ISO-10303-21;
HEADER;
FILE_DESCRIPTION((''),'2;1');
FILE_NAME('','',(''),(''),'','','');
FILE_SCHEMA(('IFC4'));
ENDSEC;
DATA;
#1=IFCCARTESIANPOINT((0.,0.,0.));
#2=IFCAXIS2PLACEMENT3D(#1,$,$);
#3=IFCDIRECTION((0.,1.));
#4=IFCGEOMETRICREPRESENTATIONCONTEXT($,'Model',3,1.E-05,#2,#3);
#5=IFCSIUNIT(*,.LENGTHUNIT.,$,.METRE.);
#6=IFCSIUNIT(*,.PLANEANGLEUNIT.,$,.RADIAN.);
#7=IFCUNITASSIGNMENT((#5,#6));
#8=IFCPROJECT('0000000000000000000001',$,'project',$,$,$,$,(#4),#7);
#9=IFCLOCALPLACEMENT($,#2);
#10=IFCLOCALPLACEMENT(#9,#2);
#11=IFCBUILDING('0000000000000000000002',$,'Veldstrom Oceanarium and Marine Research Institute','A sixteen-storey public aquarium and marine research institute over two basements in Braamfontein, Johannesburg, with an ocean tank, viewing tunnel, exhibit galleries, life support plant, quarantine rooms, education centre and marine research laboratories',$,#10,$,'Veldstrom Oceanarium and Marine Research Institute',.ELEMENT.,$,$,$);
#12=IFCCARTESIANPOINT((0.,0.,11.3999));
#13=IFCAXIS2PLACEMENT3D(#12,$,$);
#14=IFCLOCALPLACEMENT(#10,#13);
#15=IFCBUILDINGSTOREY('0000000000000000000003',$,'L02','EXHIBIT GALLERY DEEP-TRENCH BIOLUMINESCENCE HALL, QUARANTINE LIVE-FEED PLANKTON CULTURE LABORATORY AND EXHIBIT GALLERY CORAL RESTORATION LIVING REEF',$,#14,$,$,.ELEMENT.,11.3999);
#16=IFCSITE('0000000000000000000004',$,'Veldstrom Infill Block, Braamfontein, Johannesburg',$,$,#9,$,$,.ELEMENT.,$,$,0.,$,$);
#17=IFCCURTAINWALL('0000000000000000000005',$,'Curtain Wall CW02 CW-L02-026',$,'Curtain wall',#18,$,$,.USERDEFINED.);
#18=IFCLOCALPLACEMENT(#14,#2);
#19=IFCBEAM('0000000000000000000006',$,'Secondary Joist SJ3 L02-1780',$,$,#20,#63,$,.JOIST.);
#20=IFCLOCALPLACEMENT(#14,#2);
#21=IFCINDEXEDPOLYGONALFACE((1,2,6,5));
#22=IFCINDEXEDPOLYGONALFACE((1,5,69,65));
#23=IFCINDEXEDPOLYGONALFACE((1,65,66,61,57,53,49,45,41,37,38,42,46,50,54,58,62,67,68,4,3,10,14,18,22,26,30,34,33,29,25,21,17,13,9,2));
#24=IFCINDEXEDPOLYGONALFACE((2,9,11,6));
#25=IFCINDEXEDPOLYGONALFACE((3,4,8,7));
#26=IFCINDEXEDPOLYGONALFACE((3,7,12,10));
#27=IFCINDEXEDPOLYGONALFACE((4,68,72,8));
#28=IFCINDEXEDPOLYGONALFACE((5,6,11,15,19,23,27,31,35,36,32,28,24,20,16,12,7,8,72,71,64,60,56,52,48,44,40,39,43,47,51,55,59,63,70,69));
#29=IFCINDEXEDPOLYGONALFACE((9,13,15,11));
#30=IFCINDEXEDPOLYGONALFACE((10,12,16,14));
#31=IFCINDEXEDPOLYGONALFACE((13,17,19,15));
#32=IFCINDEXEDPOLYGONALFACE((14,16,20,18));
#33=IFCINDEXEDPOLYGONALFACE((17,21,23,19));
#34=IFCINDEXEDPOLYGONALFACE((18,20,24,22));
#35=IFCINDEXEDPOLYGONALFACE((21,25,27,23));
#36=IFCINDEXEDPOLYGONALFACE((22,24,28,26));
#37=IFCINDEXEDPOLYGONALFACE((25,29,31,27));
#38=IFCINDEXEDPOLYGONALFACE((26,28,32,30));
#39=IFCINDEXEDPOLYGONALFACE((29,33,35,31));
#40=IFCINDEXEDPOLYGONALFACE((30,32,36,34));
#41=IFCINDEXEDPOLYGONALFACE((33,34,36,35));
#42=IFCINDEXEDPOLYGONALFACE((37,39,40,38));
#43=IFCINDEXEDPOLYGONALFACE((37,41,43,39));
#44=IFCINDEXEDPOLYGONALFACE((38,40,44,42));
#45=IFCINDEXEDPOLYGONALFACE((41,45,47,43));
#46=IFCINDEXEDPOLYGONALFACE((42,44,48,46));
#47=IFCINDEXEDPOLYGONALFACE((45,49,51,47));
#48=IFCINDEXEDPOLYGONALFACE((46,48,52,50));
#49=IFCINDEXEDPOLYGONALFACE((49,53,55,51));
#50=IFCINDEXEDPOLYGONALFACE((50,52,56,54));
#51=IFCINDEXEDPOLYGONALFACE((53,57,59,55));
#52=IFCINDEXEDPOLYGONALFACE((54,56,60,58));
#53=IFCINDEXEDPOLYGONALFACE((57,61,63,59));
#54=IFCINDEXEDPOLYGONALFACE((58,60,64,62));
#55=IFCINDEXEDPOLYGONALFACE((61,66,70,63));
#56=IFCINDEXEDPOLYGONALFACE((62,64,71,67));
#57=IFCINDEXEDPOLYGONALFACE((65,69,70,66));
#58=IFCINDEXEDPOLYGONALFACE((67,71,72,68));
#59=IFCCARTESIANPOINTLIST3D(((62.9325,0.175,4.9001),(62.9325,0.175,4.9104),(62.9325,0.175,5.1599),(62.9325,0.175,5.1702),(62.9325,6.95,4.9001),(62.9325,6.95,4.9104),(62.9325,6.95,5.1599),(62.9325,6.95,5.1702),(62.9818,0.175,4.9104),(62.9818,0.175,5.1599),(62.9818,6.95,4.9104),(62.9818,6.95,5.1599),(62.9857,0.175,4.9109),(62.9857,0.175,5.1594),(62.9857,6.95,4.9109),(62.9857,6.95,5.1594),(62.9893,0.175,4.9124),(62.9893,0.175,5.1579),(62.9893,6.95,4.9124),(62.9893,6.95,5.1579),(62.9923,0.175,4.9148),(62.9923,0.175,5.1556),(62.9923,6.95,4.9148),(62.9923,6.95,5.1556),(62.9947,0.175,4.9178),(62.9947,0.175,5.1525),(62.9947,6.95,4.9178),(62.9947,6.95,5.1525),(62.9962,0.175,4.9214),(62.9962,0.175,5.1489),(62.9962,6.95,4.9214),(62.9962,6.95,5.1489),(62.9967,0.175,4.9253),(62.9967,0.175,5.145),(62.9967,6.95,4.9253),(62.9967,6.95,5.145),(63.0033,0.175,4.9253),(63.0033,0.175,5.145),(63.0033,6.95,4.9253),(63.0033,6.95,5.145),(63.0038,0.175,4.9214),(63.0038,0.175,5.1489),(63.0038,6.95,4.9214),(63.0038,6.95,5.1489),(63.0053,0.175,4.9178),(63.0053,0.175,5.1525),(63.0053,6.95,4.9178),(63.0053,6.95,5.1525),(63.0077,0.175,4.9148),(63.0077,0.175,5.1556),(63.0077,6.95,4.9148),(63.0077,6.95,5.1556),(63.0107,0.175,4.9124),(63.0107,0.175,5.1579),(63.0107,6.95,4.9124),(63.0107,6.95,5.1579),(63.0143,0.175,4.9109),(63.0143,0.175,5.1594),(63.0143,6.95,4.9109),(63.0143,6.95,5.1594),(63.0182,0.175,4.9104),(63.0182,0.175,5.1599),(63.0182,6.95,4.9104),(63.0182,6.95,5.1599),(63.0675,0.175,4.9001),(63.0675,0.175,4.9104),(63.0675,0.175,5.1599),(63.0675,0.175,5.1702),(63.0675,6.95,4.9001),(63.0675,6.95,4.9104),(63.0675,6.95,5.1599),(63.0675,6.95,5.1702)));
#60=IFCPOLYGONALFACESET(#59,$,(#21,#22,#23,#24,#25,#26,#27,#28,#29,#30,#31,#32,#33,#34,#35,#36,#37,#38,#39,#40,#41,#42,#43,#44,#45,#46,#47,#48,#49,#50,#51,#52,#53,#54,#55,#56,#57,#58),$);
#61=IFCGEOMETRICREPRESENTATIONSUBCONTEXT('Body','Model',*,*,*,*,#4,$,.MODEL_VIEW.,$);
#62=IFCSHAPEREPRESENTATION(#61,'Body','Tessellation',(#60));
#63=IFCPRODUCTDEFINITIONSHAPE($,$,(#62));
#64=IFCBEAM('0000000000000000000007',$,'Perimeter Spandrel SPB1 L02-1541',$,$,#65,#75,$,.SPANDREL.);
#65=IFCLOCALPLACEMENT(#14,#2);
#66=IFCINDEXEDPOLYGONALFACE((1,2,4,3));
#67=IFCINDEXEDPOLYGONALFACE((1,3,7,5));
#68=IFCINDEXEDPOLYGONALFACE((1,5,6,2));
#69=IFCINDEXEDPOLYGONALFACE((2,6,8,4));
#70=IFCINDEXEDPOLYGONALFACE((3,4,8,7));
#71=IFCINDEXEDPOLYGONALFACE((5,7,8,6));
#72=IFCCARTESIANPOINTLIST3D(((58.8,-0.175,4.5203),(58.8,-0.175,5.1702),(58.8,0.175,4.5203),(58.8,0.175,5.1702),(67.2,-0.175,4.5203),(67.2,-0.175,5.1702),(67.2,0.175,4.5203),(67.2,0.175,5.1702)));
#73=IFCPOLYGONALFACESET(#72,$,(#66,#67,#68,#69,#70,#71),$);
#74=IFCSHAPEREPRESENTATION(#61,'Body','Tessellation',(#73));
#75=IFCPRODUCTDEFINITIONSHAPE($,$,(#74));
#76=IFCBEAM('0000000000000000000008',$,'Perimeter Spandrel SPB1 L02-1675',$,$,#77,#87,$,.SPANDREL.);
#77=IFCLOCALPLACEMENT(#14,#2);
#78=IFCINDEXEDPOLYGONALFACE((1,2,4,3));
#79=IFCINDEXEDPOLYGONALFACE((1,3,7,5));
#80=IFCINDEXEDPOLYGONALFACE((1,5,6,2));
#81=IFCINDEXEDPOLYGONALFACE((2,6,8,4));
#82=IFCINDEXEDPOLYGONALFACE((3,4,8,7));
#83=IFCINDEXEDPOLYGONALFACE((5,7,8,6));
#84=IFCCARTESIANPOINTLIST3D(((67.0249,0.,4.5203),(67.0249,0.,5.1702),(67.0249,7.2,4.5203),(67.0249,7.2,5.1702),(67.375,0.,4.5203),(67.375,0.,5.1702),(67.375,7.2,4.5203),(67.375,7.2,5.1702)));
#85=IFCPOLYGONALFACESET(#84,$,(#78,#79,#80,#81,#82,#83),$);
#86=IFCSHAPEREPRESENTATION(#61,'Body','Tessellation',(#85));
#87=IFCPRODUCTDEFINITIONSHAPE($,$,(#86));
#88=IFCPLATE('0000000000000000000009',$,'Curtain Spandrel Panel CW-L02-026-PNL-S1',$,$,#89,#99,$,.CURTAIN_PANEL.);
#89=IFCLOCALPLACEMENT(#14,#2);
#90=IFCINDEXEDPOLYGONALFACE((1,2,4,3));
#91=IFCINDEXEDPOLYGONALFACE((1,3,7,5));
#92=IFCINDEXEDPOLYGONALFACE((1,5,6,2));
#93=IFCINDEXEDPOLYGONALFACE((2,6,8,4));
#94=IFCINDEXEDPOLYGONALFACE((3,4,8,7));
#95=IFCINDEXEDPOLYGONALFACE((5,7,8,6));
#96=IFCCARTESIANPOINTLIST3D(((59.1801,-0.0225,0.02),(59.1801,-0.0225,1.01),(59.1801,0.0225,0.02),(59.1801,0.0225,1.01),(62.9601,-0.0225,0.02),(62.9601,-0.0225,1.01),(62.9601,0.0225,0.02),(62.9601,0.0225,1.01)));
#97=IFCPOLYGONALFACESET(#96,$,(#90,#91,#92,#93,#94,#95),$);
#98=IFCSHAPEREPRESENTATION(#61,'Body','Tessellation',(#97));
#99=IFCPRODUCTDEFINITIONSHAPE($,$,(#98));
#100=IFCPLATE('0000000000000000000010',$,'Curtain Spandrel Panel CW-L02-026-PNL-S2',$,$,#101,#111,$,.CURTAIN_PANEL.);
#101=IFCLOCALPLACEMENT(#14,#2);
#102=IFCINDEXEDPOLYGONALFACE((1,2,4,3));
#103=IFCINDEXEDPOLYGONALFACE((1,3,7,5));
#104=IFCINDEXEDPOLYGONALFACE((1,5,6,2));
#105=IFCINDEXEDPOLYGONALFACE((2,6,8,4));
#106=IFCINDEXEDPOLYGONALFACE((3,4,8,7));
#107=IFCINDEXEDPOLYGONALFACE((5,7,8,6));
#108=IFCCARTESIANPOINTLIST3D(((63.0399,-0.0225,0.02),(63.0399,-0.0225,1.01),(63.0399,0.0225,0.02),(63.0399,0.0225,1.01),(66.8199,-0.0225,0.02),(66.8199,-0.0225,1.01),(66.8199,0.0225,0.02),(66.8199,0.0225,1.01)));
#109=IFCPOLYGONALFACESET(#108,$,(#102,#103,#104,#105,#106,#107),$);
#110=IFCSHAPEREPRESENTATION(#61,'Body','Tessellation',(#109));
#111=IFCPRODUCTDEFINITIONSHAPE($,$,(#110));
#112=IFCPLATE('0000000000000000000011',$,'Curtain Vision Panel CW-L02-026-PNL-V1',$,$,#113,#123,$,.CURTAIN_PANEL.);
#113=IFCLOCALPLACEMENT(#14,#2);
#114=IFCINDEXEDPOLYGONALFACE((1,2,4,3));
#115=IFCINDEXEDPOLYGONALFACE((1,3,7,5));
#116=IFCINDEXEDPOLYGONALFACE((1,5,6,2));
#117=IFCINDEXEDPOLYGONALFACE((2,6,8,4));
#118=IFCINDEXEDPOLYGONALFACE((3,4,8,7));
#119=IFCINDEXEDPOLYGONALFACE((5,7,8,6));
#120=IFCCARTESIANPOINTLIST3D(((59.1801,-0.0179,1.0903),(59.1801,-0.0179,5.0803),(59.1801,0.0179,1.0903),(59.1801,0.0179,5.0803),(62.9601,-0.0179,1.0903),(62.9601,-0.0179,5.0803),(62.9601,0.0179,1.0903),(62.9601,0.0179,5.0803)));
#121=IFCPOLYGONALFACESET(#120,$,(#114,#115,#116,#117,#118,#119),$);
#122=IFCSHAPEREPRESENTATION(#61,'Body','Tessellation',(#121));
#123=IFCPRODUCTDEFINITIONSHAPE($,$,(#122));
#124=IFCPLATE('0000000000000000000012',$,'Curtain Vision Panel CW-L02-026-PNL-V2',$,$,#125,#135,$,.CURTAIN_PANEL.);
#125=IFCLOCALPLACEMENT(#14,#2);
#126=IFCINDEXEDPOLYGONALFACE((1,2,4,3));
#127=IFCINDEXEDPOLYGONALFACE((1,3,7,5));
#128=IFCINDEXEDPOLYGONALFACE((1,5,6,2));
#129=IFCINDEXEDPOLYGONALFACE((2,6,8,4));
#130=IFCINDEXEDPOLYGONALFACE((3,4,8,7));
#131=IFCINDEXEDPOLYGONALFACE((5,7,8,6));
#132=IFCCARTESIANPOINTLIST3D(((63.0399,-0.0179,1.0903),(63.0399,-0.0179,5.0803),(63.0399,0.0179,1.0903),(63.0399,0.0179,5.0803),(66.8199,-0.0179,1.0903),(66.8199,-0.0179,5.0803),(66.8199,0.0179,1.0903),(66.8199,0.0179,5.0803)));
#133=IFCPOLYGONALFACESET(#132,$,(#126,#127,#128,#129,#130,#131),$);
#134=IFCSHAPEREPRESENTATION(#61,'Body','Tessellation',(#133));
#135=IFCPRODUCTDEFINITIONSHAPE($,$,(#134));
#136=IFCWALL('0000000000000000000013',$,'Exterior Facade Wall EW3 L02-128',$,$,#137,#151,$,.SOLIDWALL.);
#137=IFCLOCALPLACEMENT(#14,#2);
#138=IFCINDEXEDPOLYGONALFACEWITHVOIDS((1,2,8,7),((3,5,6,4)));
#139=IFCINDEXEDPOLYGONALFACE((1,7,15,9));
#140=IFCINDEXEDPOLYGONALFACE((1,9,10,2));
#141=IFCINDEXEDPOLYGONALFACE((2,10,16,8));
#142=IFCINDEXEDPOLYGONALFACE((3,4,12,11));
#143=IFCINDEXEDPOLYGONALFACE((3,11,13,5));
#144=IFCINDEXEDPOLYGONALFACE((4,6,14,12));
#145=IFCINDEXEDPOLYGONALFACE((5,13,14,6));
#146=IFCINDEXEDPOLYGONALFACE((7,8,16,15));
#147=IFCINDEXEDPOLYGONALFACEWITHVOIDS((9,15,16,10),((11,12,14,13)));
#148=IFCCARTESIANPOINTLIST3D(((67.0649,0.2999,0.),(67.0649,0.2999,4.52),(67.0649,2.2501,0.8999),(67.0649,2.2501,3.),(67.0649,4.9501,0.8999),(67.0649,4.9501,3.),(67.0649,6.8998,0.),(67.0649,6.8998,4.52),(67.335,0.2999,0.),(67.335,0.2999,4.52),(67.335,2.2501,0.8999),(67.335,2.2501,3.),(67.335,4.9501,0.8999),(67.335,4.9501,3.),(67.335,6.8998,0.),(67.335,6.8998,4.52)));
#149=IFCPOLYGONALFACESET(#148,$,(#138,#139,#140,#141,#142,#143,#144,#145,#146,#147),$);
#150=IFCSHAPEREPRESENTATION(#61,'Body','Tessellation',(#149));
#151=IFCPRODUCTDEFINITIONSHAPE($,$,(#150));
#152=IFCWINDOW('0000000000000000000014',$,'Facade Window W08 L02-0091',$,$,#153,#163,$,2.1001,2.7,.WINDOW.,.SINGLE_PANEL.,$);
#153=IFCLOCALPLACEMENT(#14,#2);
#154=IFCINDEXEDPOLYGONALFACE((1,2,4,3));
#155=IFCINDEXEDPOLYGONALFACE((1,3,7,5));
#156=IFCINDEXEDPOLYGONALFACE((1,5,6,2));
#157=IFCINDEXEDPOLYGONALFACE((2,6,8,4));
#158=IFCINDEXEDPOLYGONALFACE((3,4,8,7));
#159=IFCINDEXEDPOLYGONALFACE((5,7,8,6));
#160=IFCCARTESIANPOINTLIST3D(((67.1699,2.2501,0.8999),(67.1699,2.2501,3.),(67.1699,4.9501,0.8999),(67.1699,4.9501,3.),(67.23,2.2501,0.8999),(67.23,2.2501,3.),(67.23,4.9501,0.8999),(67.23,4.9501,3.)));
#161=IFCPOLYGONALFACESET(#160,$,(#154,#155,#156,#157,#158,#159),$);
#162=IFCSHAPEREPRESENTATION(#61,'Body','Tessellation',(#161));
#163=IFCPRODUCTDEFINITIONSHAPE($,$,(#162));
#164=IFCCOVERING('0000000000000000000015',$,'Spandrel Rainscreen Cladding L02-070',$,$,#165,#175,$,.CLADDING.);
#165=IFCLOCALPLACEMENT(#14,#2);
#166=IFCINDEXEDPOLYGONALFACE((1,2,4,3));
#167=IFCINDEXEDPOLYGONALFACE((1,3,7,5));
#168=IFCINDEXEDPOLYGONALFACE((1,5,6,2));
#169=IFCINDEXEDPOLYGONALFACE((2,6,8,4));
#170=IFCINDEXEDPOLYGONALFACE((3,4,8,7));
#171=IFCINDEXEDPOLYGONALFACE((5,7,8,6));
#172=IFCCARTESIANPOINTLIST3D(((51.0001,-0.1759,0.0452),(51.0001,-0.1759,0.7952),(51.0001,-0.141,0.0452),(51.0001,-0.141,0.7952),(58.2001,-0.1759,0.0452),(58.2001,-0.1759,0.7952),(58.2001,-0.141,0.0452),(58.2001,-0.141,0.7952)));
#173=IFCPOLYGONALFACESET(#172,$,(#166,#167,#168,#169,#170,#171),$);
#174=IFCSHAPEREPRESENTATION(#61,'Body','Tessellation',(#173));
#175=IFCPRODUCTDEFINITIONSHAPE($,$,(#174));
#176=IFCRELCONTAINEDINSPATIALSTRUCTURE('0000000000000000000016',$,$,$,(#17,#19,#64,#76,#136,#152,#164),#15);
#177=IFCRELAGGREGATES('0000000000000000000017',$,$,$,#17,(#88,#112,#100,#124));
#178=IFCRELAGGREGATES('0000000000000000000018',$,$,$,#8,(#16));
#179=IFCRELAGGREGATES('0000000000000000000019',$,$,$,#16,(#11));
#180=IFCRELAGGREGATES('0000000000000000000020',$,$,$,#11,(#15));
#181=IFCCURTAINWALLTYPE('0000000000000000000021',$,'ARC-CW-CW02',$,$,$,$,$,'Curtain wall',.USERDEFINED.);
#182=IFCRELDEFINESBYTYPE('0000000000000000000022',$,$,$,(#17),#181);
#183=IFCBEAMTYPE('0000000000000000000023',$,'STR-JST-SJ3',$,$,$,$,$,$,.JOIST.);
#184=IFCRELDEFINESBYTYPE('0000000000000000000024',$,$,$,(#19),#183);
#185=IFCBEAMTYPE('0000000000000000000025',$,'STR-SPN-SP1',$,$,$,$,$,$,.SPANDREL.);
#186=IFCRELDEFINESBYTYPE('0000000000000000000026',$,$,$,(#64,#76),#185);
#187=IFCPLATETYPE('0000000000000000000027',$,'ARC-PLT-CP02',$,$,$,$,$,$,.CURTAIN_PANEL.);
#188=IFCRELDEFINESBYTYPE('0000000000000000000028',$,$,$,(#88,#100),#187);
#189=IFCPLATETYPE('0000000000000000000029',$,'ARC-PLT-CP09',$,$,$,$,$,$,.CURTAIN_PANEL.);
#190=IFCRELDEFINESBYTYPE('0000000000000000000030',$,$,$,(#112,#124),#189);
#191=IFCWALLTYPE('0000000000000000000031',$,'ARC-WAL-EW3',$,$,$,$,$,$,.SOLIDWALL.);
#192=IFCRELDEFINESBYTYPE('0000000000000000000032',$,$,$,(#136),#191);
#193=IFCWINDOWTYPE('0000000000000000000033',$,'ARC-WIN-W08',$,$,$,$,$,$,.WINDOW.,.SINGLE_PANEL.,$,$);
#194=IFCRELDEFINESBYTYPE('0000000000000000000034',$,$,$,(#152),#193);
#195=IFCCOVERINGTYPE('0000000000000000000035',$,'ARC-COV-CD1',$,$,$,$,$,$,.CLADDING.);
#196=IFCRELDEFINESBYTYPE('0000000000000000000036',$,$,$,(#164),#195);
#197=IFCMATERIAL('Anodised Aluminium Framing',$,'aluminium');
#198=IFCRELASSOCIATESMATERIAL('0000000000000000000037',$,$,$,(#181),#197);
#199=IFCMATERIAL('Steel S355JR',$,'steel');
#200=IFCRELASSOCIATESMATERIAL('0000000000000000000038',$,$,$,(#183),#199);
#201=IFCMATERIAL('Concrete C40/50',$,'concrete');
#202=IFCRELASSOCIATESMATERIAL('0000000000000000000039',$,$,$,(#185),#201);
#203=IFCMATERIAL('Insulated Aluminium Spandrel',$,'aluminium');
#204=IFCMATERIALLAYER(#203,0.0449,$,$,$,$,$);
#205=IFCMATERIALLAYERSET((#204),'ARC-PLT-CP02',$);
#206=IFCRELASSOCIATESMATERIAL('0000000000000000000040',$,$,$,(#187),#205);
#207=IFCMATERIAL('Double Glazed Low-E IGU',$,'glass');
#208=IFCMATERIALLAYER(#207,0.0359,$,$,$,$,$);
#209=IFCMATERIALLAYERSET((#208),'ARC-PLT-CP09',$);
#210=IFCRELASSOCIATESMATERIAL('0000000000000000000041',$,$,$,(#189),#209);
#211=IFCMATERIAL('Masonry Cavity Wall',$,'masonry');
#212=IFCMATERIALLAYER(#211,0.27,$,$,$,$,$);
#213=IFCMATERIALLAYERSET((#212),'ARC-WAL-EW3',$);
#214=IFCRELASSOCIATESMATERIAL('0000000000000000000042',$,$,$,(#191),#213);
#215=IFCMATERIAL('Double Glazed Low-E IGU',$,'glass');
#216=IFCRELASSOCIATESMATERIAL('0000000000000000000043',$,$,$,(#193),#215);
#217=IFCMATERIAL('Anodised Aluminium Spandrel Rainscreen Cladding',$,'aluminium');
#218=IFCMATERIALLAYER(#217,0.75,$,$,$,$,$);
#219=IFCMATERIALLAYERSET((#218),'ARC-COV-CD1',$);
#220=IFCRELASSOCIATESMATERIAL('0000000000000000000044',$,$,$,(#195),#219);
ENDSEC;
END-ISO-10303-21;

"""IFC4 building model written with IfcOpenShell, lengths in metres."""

from ifc_helpers import new_model, si_unit, direction, frame, frame_2d, origin, origin_2d, place, context, subcontext, project, spatial, rectangle, i_section, extrude, material, layer, layer_set, material_profile, profile_set, type_object, element, fill, aggregate, save


model = new_model("IFC4")

# Units and contexts
model_context = context("Model", 3, precision=1e-05, world=origin(), true_north=direction((0.0, 1.0)))
body_context = subcontext(model_context, "Body", "Model", "MODEL_VIEW")
ifc_project = project(units=[si_unit("LENGTHUNIT", "METRE"), si_unit("PLANEANGLEUNIT", "RADIAN")], contexts=[model_context])

# Site, building, storey
site_placement = place(None, origin())
site = spatial("IfcSite", under=ifc_project, at=site_placement, Name="Veldstrom Infill Block, Braamfontein, Johannesburg", CompositionType="ELEMENT", RefElevation=0.0)
building_placement = place(site_placement, origin())
building = spatial("IfcBuilding", under=site, at=building_placement, Name="Veldstrom Oceanarium and Marine Research Institute", Description="A sixteen-storey public aquarium and marine research institute over two basements in Braamfontein, Johannesburg, with an ocean tank, viewing tunnel, exhibit galleries, life support plant, quarantine rooms, education centre and marine research laboratories", LongName="Veldstrom Oceanarium and Marine Research Institute", CompositionType="ELEMENT")
storey_placement = place(building_placement, frame((0.0, 0.0, 11.3999)))
storey = spatial("IfcBuildingStorey", under=building, at=storey_placement, Name="L02", Description="EXHIBIT GALLERY DEEP-TRENCH BIOLUMINESCENCE HALL, QUARANTINE LIVE-FEED PLANKTON CULTURE LABORATORY AND EXHIBIT GALLERY CORAL RESTORATION LIVING REEF", CompositionType="ELEMENT", Elevation=11.3999)

# Curtain wall
ifc_material_1 = material(Name="Anodised Aluminium Framing", Category="aluminium")
curtain_wall_type = type_object("IfcCurtainWallType", Name="ARC-CW-CW02", ElementType="Curtain wall", PredefinedType="USERDEFINED", material=ifc_material_1)
curtain_wall_placement = place(storey_placement, origin())
curtain_wall = element("IfcCurtainWall", 1, at=curtain_wall_placement, inside=storey, type_object=curtain_wall_type, Name="Curtain Wall CW02 CW-L02-026", ObjectType="Curtain wall", PredefinedType="USERDEFINED")

# Beams
ifc_material_2 = material(Name="Steel S355JR", Category="steel")
ifc_material_profile_1 = material_profile(ifc_material_2, i_section(OverallWidth=0.135, OverallDepth=0.27, WebThickness=0.0066, FlangeThickness=0.0103, FilletRadius=0.0149, at=origin_2d()), Name="IPE 270")
ifc_profile_set_1 = profile_set([ifc_material_profile_1], Name="Steel S355JR")
beam_type_1 = type_object("IfcBeamType", Name="STR-JST-SJ3", PredefinedType="JOIST", material=ifc_profile_set_1)
beam_1_placement = place(storey_placement, frame((63.0, 0.175, 5.0352), z_axis=(0.0, 1.0, 0.0), x_axis=(-1.0, 0.0, 0.0)))
element("IfcBeam", 2, at=beam_1_placement, inside=storey, type_object=beam_type_1, Name="Secondary Joist SJ3 L02-1780", PredefinedType="JOIST", context=body_context, shape_type="SweptSolid", body=[
    extrude(i_section(OverallWidth=0.135, OverallDepth=0.27, WebThickness=0.0066, FlangeThickness=0.0103, FilletRadius=0.0149, at=origin_2d()), origin(), (0.0, 0.0, 1.0), 6.7749),
])
ifc_material_3 = material(Name="Concrete C40/50", Category="concrete")
ifc_material_profile_2 = material_profile(ifc_material_3, rectangle(XDim=0.3501, YDim=0.6499, at=origin_2d()), Name="RC-SPN-350x650")
ifc_profile_set_2 = profile_set([ifc_material_profile_2], Name="Concrete C40/50")
beam_type_2 = type_object("IfcBeamType", Name="STR-SPN-SP1", PredefinedType="SPANDREL", material=ifc_profile_set_2)
beam_2_placement = place(storey_placement, frame((58.8, 0.0, 4.8452), z_axis=(1.0, 0.0, 0.0), x_axis=(0.0, 1.0, 0.0)))
element("IfcBeam", 3, at=beam_2_placement, inside=storey, type_object=beam_type_2, Name="Perimeter Spandrel SPB1 L02-1541", PredefinedType="SPANDREL", context=body_context, shape_type="SweptSolid", body=[
    extrude(rectangle(XDim=0.3501, YDim=0.6499, at=origin_2d()), origin(), (0.0, 0.0, 1.0), 8.3999),
])
beam_3_placement = place(storey_placement, frame((67.2, 0.0, 4.8452), z_axis=(0.0, 1.0, 0.0), x_axis=(-1.0, 0.0, 0.0)))
element("IfcBeam", 4, at=beam_3_placement, inside=storey, type_object=beam_type_2, Name="Perimeter Spandrel SPB1 L02-1675", PredefinedType="SPANDREL", context=body_context, shape_type="SweptSolid", body=[
    extrude(rectangle(XDim=0.3501, YDim=0.6499, at=origin_2d()), origin(), (0.0, 0.0, 1.0), 7.2),
])

# Plates
ifc_material_4 = material(Name="Insulated Aluminium Spandrel", Category="aluminium")
ifc_layer_1 = layer(ifc_material_4, 0.0449)
ifc_layer_set_1 = layer_set([ifc_layer_1], Name="ARC-PLT-CP02")
plate_type_1 = type_object("IfcPlateType", Name="ARC-PLT-CP02", PredefinedType="CURTAIN_PANEL", material=ifc_layer_set_1)
plate_1_placement = place(storey_placement, frame((61.0701, 0.0, 0.02), z_axis=(0.0, 0.0, 1.0), x_axis=(1.0, 0.0, 0.0)))
plate_1 = element("IfcPlate", 5, at=plate_1_placement, type_object=plate_type_1, Name="Curtain Spandrel Panel CW-L02-026-PNL-S1", PredefinedType="CURTAIN_PANEL", context=body_context, shape_type="SweptSolid", body=[
    extrude(rectangle(XDim=3.78, YDim=0.0449, at=origin_2d()), origin(), (0.0, 0.0, 1.0), 0.99),
])
plate_2_placement = place(storey_placement, frame((64.9299, 0.0, 0.02), z_axis=(0.0, 0.0, 1.0), x_axis=(1.0, 0.0, 0.0)))
plate_2 = element("IfcPlate", 6, at=plate_2_placement, type_object=plate_type_1, Name="Curtain Spandrel Panel CW-L02-026-PNL-S2", PredefinedType="CURTAIN_PANEL", context=body_context, shape_type="SweptSolid", body=[
    extrude(rectangle(XDim=3.78, YDim=0.0449, at=origin_2d()), origin(), (0.0, 0.0, 1.0), 0.99),
])
ifc_material_5 = material(Name="Double Glazed Low-E IGU", Category="glass")
ifc_layer_2 = layer(ifc_material_5, 0.0359)
ifc_layer_set_2 = layer_set([ifc_layer_2], Name="ARC-PLT-CP09")
plate_type_2 = type_object("IfcPlateType", Name="ARC-PLT-CP09", PredefinedType="CURTAIN_PANEL", material=ifc_layer_set_2)
plate_3_placement = place(storey_placement, frame((61.0701, 0.0, 1.0903), z_axis=(0.0, 0.0, 1.0), x_axis=(1.0, 0.0, 0.0)))
plate_3 = element("IfcPlate", 7, at=plate_3_placement, type_object=plate_type_2, Name="Curtain Vision Panel CW-L02-026-PNL-V1", PredefinedType="CURTAIN_PANEL", context=body_context, shape_type="SweptSolid", body=[
    extrude(rectangle(XDim=3.78, YDim=0.0359, at=origin_2d()), origin(), (0.0, 0.0, 1.0), 3.99),
])
plate_4_placement = place(storey_placement, frame((64.9299, 0.0, 1.0903), z_axis=(0.0, 0.0, 1.0), x_axis=(1.0, 0.0, 0.0)))
plate_4 = element("IfcPlate", 8, at=plate_4_placement, type_object=plate_type_2, Name="Curtain Vision Panel CW-L02-026-PNL-V2", PredefinedType="CURTAIN_PANEL", context=body_context, shape_type="SweptSolid", body=[
    extrude(rectangle(XDim=3.78, YDim=0.0359, at=origin_2d()), origin(), (0.0, 0.0, 1.0), 3.99),
])
aggregate(curtain_wall, [plate_1, plate_3, plate_2, plate_4])

# Wall, opening, window
ifc_material_6 = material(Name="Masonry Cavity Wall", Category="masonry")
ifc_layer_3 = layer(ifc_material_6, 0.27)
ifc_layer_set_3 = layer_set([ifc_layer_3], Name="ARC-WAL-EW3")
wall_type = type_object("IfcWallType", Name="ARC-WAL-EW3", PredefinedType="SOLIDWALL", material=ifc_layer_set_3)
wall_placement = place(storey_placement, frame((67.2, 0.3, 0.0), z_axis=(0.0, 0.0, 1.0), x_axis=(0.0, 1.0, 0.0)))
wall = element("IfcWall", 9, at=wall_placement, inside=storey, type_object=wall_type, Name="Exterior Facade Wall EW3 L02-128", PredefinedType="SOLIDWALL", context=body_context, shape_type="SweptSolid", body=[
    extrude(rectangle(XDim=6.5999, YDim=0.27, at=frame_2d((3.2998, 0.0))), origin(), (0.0, 0.0, 1.0), 4.52),
])
opening_placement = place(wall_placement, frame((1.95, 0.0, 0.8999)))
opening = element("IfcOpeningElement", 10, at=opening_placement, cuts=wall, PredefinedType="OPENING", context=body_context, shape_type="SweptSolid", body=[
    extrude(rectangle(XDim=2.7, YDim=2.1001, at=frame_2d((1.3501, 1.05))), frame((0.0, 0.145, 0.0), z_axis=(0.0, -1.0, 0.0), x_axis=(1.0, 0.0, 0.0)), (0.0, 0.0, 1.0), 0.29),
])
ifc_material_7 = material(Name="Double Glazed Low-E IGU", Category="glass")
window_type = type_object("IfcWindowType", Name="ARC-WIN-W08", PartitioningType="SINGLE_PANEL", PredefinedType="WINDOW", material=ifc_material_7)
window_placement = place(opening_placement, origin())
window = element("IfcWindow", 11, at=window_placement, inside=storey, type_object=window_type, Name="Facade Window W08 L02-0091", OverallHeight=2.1001, OverallWidth=2.7, PartitioningType="SINGLE_PANEL", PredefinedType="WINDOW", context=body_context, shape_type="SweptSolid", body=[
    extrude(rectangle(XDim=2.7, YDim=2.1001, at=frame_2d((1.3501, 1.05))), frame((0.0, 0.03, 0.0), z_axis=(0.0, -1.0, 0.0), x_axis=(1.0, 0.0, 0.0)), (0.0, 0.0, 1.0), 0.0601),
])
fill(opening, window)

# Covering
ifc_material_8 = material(Name="Anodised Aluminium Spandrel Rainscreen Cladding", Category="aluminium")
ifc_layer_4 = layer(ifc_material_8, 0.75)
ifc_layer_set_4 = layer_set([ifc_layer_4], Name="ARC-COV-CD1")
covering_type = type_object("IfcCoveringType", Name="ARC-COV-CD1", PredefinedType="CLADDING", material=ifc_layer_set_4)
covering_placement = place(storey_placement, frame((54.6001, -0.1584, 0.0452), z_axis=(0.0, 0.0, 1.0), x_axis=(1.0, 0.0, 0.0)))
element("IfcCovering", 12, at=covering_placement, inside=storey, type_object=covering_type, Name="Spandrel Rainscreen Cladding L02-070", PredefinedType="CLADDING", context=body_context, shape_type="SweptSolid", body=[
    extrude(rectangle(XDim=7.2, YDim=0.0349, at=origin_2d()), origin(), (0.0, 0.0, 1.0), 0.75),
])

save(model, "model.ifc")
